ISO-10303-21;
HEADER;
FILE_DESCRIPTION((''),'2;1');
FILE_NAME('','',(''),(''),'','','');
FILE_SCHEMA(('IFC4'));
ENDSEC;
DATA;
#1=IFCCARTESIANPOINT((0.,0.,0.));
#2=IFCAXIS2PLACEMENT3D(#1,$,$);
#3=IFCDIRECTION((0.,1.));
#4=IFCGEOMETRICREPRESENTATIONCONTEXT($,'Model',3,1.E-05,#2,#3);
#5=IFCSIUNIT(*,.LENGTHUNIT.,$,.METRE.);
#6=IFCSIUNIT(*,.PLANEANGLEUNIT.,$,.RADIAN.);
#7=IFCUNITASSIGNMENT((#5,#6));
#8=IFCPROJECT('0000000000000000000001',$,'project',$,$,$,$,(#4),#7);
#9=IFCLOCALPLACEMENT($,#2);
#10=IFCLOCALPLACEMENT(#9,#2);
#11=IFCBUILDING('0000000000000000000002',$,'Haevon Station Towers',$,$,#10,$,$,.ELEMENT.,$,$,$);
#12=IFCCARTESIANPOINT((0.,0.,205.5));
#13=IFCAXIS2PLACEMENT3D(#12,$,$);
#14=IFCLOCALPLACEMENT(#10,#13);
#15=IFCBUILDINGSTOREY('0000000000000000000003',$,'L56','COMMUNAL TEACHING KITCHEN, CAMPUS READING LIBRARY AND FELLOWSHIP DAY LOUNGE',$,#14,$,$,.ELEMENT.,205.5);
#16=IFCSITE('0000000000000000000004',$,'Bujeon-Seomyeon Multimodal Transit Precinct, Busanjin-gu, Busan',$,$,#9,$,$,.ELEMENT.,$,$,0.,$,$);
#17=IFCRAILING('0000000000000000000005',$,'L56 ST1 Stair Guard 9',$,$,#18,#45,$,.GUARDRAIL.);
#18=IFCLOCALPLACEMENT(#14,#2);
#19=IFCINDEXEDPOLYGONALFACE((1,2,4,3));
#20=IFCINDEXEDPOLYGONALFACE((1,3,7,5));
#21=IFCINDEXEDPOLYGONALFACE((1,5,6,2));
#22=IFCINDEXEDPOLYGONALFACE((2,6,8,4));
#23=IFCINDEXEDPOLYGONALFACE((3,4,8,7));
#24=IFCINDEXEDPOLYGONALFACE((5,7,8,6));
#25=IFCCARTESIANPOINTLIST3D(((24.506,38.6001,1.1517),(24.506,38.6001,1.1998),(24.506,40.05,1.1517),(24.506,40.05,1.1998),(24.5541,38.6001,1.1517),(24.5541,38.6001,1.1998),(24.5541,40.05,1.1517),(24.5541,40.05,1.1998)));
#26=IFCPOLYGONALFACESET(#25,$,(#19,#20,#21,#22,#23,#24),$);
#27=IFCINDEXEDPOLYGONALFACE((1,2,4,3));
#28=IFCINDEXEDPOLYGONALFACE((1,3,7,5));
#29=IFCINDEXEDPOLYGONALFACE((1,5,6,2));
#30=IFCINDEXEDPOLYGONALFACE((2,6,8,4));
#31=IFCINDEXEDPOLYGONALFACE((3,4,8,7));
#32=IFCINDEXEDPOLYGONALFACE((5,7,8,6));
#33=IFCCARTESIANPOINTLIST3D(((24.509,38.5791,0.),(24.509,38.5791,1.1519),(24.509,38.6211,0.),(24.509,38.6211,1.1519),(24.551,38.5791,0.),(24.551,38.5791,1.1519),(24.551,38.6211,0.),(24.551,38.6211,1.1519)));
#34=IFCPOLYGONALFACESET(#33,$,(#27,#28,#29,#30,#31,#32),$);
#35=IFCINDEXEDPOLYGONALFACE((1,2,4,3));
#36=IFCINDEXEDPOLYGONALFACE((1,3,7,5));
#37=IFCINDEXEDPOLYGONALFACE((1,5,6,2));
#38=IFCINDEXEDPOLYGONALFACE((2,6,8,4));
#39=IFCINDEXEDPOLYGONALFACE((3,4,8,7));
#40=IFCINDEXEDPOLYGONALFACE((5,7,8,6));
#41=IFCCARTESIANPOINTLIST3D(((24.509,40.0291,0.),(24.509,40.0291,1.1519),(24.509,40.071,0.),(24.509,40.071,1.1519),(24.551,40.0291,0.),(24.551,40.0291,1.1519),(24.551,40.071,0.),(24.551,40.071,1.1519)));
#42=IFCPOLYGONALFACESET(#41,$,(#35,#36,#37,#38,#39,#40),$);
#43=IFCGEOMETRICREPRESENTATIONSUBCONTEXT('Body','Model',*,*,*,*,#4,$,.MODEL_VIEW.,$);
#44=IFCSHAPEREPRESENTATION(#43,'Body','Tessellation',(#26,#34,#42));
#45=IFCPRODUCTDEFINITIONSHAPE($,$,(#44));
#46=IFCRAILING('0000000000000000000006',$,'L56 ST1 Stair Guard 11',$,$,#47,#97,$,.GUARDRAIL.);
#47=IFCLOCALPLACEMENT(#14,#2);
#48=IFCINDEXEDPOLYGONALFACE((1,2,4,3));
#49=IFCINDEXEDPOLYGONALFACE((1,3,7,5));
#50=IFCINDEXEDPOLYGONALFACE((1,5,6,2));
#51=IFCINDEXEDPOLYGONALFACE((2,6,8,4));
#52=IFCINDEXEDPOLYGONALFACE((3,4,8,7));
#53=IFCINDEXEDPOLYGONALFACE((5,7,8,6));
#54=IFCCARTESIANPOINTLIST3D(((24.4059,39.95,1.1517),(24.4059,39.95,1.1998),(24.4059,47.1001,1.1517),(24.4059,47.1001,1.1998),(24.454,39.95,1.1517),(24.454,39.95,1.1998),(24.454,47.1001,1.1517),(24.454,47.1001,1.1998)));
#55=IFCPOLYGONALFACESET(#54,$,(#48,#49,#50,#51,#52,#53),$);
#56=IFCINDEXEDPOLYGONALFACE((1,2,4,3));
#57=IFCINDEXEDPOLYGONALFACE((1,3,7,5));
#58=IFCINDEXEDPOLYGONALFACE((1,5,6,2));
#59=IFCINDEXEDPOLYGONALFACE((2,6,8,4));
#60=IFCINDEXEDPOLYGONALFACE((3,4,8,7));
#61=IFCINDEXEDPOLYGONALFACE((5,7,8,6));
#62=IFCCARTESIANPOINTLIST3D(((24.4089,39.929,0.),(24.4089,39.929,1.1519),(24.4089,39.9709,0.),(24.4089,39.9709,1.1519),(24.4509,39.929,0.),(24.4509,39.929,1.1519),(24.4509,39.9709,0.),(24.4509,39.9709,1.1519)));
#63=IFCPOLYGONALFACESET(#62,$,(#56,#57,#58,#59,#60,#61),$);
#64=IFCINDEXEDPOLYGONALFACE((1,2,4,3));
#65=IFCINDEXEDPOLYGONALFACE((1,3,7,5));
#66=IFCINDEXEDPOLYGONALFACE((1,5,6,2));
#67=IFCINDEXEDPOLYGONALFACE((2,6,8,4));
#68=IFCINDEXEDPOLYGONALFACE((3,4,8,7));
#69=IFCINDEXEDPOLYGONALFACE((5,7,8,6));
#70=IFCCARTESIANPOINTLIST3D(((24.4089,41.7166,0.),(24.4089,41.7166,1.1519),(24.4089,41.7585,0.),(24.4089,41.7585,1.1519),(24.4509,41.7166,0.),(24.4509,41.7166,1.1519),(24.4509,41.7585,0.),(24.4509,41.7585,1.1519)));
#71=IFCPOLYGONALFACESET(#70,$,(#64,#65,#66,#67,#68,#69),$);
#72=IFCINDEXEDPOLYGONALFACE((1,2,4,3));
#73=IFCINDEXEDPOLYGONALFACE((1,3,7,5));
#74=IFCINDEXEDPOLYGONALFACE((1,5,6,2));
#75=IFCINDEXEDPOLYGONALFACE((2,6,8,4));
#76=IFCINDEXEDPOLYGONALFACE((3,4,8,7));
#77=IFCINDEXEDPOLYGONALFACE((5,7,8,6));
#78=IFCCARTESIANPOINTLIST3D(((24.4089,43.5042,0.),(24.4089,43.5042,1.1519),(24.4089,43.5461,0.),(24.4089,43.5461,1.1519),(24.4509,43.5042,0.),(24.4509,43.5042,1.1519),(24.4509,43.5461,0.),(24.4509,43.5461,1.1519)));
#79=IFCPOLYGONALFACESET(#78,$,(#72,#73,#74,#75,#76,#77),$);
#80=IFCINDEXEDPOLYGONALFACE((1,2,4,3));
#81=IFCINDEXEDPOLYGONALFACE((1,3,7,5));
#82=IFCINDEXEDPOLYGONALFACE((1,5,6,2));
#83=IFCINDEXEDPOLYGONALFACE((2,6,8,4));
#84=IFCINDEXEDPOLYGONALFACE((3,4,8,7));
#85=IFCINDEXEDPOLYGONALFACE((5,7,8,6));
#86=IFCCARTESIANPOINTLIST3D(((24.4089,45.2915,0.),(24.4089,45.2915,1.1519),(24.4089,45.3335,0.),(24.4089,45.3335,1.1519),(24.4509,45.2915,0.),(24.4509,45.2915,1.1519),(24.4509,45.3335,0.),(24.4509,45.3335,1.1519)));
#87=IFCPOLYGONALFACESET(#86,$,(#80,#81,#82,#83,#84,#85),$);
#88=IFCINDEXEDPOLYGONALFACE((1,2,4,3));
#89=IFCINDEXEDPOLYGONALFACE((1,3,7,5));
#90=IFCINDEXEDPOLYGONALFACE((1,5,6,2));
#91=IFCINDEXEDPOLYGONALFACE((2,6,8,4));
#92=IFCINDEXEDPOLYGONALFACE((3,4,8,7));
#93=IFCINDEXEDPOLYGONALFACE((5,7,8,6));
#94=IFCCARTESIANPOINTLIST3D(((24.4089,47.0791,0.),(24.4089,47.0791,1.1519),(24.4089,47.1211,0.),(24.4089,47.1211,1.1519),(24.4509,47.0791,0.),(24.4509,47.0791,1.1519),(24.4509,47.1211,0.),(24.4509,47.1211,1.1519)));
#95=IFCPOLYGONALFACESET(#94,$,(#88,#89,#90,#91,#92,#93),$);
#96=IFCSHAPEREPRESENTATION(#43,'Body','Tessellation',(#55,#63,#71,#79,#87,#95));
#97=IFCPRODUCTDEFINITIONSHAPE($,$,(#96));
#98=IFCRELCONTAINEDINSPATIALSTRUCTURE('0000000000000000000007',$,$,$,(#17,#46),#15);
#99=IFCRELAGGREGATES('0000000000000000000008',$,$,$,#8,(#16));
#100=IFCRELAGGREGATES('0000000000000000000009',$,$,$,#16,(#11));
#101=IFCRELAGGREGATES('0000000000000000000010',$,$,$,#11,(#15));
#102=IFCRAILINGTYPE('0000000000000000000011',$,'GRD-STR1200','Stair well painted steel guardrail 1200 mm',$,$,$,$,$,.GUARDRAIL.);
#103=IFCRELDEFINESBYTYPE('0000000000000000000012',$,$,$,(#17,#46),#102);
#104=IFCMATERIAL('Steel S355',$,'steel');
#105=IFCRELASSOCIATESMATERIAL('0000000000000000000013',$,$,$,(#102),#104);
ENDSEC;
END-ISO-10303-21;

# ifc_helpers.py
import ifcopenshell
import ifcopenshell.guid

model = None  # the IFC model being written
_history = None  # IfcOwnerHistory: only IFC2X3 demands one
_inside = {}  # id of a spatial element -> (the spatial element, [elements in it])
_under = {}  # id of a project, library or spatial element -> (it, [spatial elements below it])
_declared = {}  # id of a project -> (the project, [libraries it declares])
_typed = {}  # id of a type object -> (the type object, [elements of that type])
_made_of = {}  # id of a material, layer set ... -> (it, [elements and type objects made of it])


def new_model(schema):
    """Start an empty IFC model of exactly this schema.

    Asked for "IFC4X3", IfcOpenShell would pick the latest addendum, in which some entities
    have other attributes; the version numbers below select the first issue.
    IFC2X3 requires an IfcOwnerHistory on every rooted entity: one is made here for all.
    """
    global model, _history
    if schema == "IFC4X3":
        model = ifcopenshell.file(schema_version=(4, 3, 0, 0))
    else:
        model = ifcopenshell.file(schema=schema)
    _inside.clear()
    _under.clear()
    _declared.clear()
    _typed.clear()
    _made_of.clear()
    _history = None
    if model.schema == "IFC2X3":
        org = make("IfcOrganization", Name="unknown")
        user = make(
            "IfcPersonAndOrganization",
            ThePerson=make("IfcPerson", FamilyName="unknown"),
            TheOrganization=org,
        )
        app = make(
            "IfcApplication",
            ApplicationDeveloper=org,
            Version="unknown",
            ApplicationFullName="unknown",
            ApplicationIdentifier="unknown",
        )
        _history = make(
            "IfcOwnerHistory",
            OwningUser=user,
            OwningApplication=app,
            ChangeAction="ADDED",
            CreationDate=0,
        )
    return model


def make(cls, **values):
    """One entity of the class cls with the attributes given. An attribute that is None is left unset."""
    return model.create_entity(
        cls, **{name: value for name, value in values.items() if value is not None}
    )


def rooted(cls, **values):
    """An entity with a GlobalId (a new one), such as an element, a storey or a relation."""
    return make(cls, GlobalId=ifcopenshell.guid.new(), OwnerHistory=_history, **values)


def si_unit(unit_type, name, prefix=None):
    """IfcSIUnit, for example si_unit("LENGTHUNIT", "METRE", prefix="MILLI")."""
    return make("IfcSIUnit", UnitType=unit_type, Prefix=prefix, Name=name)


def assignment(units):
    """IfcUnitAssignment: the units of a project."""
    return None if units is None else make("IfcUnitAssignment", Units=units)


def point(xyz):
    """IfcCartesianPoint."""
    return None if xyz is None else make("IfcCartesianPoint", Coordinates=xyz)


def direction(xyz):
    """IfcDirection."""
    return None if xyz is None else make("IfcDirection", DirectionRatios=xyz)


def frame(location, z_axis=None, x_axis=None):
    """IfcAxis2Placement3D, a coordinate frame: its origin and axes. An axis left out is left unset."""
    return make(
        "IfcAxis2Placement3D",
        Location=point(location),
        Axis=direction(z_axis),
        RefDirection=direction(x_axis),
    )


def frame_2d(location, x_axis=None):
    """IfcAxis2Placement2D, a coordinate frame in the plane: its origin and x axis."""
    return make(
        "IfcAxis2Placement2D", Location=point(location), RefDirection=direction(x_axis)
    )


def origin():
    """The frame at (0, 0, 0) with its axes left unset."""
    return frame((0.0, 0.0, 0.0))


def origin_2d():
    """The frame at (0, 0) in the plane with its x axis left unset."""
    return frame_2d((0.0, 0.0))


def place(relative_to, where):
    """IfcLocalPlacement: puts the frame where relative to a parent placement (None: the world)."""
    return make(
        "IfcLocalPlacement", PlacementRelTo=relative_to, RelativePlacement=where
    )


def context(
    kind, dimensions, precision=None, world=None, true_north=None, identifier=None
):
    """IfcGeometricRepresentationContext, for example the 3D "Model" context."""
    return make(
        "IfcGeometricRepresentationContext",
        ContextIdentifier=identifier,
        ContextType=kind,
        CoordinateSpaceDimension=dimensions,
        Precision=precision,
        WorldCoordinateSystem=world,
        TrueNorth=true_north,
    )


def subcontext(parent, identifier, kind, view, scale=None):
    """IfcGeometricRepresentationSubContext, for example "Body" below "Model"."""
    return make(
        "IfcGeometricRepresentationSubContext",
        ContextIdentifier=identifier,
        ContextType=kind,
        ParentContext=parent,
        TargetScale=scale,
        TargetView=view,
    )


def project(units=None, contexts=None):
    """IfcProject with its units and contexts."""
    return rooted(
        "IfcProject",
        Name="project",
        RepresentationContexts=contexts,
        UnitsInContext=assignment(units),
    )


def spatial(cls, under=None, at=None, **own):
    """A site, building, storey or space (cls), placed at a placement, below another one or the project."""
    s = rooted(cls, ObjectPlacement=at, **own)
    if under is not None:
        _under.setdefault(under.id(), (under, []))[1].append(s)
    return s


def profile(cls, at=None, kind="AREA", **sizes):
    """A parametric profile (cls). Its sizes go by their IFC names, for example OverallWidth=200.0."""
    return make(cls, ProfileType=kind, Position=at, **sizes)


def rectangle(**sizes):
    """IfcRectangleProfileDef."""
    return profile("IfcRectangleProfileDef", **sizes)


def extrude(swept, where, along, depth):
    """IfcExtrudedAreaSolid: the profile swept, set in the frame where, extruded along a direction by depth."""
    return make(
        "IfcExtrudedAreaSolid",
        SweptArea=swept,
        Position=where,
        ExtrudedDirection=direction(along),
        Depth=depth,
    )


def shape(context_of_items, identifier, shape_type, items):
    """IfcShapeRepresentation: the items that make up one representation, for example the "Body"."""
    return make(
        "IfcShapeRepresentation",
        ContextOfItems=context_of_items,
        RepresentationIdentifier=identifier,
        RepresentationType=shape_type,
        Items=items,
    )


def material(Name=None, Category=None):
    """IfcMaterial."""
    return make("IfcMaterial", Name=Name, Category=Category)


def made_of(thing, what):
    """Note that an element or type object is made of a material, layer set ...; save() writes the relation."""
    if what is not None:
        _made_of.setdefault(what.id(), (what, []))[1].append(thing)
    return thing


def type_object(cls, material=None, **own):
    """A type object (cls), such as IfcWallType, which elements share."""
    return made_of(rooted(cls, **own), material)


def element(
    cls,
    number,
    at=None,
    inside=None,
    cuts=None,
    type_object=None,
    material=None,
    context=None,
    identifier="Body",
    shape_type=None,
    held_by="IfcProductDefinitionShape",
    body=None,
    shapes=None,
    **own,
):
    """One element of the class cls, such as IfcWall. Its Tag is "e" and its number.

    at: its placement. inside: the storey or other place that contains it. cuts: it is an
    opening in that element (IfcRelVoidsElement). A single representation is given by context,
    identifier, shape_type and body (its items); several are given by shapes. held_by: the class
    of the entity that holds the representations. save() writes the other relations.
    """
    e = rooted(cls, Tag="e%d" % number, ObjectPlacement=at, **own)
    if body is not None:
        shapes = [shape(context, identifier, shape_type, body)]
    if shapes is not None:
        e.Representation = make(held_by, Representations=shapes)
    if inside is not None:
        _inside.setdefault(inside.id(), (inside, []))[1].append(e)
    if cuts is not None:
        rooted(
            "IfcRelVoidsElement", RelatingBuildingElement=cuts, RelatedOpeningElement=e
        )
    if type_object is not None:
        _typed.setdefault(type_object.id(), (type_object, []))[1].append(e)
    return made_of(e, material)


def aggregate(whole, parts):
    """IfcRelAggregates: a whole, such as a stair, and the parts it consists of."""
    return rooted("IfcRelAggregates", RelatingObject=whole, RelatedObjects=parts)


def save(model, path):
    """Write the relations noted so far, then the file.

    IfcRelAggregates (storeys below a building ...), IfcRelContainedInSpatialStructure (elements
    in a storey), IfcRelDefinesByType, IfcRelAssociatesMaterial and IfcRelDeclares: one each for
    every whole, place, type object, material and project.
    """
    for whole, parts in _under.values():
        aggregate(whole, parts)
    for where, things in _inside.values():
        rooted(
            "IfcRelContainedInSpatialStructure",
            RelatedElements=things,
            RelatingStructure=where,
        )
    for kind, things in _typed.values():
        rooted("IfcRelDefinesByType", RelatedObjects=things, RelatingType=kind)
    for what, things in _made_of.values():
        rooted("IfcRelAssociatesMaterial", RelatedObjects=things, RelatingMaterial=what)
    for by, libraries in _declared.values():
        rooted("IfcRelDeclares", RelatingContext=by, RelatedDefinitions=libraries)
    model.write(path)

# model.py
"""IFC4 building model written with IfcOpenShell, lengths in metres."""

from ifc_helpers import new_model, si_unit, direction, frame, origin, origin_2d, place, context, subcontext, project, spatial, rectangle, extrude, material, type_object, element, save


model = new_model("IFC4")

# Units and contexts
model_context = context("Model", 3, precision=1e-05, world=origin(), true_north=direction((0.0, 1.0)))
body_context = subcontext(model_context, "Body", "Model", "MODEL_VIEW")
ifc_project = project(units=[si_unit("LENGTHUNIT", "METRE"), si_unit("PLANEANGLEUNIT", "RADIAN")], contexts=[model_context])

# Site, building, storey
site_placement = place(None, origin())
site = spatial("IfcSite", under=ifc_project, at=site_placement, Name="Bujeon-Seomyeon Multimodal Transit Precinct, Busanjin-gu, Busan", CompositionType="ELEMENT", RefElevation=0.0)
building_placement = place(site_placement, origin())
building = spatial("IfcBuilding", under=site, at=building_placement, Name="Haevon Station Towers", CompositionType="ELEMENT")
storey_placement = place(building_placement, frame((0.0, 0.0, 205.5)))
storey = spatial("IfcBuildingStorey", under=building, at=storey_placement, Name="L56", Description="COMMUNAL TEACHING KITCHEN, CAMPUS READING LIBRARY AND FELLOWSHIP DAY LOUNGE", CompositionType="ELEMENT", Elevation=205.5)

# Shared definitions
ifc_material_1 = material(Name="Steel S355", Category="steel")

# Railings
railing_type = type_object("IfcRailingType", Name="GRD-STR1200", Description="Stair well painted steel guardrail 1200 mm", PredefinedType="GUARDRAIL", material=ifc_material_1)
railing_1_placement = place(storey_placement, frame((24.53, 38.6001, 0.0)))
element("IfcRailing", 1, at=railing_1_placement, inside=storey, type_object=railing_type, Name="L56 ST1 Stair Guard 9", PredefinedType="GUARDRAIL", context=body_context, shape_type="SweptSolid", body=[
    extrude(rectangle(XDim=0.0481, YDim=0.0481, at=origin_2d()), frame((0.0, 0.0, 1.1758), z_axis=(0.0, 1.0, 0.0), x_axis=(-1.0, 0.0, 0.0)), (0.0, 0.0, 1.0), 1.45),
    extrude(rectangle(XDim=0.042, YDim=0.042, at=origin_2d()), origin(), (0.0, 0.0, 1.0), 1.1519),
    extrude(rectangle(XDim=0.042, YDim=0.042, at=origin_2d()), frame((0.0, 1.45, 0.0)), (0.0, 0.0, 1.0), 1.1519),
])
railing_2_placement = place(storey_placement, frame((24.4299, 39.95, 0.0)))
element("IfcRailing", 2, at=railing_2_placement, inside=storey, type_object=railing_type, Name="L56 ST1 Stair Guard 11", PredefinedType="GUARDRAIL", context=body_context, shape_type="SweptSolid", body=[
    extrude(rectangle(XDim=0.0481, YDim=0.0481, at=origin_2d()), frame((0.0, 0.0, 1.1758), z_axis=(0.0, 1.0, 0.0), x_axis=(-1.0, 0.0, 0.0)), (0.0, 0.0, 1.0), 7.1501),
    extrude(rectangle(XDim=0.042, YDim=0.042, at=origin_2d()), origin(), (0.0, 0.0, 1.0), 1.1519),
    extrude(rectangle(XDim=0.042, YDim=0.042, at=origin_2d()), frame((0.0, 1.7876, 0.0)), (0.0, 0.0, 1.0), 1.1519),
    extrude(rectangle(XDim=0.042, YDim=0.042, at=origin_2d()), frame((0.0, 3.5752, 0.0)), (0.0, 0.0, 1.0), 1.1519),
    extrude(rectangle(XDim=0.042, YDim=0.042, at=origin_2d()), frame((0.0, 5.3625, 0.0)), (0.0, 0.0, 1.0), 1.1519),
    extrude(rectangle(XDim=0.042, YDim=0.042, at=origin_2d()), frame((0.0, 7.1501, 0.0)), (0.0, 0.0, 1.0), 1.1519),
])

save(model, "model.ifc")
